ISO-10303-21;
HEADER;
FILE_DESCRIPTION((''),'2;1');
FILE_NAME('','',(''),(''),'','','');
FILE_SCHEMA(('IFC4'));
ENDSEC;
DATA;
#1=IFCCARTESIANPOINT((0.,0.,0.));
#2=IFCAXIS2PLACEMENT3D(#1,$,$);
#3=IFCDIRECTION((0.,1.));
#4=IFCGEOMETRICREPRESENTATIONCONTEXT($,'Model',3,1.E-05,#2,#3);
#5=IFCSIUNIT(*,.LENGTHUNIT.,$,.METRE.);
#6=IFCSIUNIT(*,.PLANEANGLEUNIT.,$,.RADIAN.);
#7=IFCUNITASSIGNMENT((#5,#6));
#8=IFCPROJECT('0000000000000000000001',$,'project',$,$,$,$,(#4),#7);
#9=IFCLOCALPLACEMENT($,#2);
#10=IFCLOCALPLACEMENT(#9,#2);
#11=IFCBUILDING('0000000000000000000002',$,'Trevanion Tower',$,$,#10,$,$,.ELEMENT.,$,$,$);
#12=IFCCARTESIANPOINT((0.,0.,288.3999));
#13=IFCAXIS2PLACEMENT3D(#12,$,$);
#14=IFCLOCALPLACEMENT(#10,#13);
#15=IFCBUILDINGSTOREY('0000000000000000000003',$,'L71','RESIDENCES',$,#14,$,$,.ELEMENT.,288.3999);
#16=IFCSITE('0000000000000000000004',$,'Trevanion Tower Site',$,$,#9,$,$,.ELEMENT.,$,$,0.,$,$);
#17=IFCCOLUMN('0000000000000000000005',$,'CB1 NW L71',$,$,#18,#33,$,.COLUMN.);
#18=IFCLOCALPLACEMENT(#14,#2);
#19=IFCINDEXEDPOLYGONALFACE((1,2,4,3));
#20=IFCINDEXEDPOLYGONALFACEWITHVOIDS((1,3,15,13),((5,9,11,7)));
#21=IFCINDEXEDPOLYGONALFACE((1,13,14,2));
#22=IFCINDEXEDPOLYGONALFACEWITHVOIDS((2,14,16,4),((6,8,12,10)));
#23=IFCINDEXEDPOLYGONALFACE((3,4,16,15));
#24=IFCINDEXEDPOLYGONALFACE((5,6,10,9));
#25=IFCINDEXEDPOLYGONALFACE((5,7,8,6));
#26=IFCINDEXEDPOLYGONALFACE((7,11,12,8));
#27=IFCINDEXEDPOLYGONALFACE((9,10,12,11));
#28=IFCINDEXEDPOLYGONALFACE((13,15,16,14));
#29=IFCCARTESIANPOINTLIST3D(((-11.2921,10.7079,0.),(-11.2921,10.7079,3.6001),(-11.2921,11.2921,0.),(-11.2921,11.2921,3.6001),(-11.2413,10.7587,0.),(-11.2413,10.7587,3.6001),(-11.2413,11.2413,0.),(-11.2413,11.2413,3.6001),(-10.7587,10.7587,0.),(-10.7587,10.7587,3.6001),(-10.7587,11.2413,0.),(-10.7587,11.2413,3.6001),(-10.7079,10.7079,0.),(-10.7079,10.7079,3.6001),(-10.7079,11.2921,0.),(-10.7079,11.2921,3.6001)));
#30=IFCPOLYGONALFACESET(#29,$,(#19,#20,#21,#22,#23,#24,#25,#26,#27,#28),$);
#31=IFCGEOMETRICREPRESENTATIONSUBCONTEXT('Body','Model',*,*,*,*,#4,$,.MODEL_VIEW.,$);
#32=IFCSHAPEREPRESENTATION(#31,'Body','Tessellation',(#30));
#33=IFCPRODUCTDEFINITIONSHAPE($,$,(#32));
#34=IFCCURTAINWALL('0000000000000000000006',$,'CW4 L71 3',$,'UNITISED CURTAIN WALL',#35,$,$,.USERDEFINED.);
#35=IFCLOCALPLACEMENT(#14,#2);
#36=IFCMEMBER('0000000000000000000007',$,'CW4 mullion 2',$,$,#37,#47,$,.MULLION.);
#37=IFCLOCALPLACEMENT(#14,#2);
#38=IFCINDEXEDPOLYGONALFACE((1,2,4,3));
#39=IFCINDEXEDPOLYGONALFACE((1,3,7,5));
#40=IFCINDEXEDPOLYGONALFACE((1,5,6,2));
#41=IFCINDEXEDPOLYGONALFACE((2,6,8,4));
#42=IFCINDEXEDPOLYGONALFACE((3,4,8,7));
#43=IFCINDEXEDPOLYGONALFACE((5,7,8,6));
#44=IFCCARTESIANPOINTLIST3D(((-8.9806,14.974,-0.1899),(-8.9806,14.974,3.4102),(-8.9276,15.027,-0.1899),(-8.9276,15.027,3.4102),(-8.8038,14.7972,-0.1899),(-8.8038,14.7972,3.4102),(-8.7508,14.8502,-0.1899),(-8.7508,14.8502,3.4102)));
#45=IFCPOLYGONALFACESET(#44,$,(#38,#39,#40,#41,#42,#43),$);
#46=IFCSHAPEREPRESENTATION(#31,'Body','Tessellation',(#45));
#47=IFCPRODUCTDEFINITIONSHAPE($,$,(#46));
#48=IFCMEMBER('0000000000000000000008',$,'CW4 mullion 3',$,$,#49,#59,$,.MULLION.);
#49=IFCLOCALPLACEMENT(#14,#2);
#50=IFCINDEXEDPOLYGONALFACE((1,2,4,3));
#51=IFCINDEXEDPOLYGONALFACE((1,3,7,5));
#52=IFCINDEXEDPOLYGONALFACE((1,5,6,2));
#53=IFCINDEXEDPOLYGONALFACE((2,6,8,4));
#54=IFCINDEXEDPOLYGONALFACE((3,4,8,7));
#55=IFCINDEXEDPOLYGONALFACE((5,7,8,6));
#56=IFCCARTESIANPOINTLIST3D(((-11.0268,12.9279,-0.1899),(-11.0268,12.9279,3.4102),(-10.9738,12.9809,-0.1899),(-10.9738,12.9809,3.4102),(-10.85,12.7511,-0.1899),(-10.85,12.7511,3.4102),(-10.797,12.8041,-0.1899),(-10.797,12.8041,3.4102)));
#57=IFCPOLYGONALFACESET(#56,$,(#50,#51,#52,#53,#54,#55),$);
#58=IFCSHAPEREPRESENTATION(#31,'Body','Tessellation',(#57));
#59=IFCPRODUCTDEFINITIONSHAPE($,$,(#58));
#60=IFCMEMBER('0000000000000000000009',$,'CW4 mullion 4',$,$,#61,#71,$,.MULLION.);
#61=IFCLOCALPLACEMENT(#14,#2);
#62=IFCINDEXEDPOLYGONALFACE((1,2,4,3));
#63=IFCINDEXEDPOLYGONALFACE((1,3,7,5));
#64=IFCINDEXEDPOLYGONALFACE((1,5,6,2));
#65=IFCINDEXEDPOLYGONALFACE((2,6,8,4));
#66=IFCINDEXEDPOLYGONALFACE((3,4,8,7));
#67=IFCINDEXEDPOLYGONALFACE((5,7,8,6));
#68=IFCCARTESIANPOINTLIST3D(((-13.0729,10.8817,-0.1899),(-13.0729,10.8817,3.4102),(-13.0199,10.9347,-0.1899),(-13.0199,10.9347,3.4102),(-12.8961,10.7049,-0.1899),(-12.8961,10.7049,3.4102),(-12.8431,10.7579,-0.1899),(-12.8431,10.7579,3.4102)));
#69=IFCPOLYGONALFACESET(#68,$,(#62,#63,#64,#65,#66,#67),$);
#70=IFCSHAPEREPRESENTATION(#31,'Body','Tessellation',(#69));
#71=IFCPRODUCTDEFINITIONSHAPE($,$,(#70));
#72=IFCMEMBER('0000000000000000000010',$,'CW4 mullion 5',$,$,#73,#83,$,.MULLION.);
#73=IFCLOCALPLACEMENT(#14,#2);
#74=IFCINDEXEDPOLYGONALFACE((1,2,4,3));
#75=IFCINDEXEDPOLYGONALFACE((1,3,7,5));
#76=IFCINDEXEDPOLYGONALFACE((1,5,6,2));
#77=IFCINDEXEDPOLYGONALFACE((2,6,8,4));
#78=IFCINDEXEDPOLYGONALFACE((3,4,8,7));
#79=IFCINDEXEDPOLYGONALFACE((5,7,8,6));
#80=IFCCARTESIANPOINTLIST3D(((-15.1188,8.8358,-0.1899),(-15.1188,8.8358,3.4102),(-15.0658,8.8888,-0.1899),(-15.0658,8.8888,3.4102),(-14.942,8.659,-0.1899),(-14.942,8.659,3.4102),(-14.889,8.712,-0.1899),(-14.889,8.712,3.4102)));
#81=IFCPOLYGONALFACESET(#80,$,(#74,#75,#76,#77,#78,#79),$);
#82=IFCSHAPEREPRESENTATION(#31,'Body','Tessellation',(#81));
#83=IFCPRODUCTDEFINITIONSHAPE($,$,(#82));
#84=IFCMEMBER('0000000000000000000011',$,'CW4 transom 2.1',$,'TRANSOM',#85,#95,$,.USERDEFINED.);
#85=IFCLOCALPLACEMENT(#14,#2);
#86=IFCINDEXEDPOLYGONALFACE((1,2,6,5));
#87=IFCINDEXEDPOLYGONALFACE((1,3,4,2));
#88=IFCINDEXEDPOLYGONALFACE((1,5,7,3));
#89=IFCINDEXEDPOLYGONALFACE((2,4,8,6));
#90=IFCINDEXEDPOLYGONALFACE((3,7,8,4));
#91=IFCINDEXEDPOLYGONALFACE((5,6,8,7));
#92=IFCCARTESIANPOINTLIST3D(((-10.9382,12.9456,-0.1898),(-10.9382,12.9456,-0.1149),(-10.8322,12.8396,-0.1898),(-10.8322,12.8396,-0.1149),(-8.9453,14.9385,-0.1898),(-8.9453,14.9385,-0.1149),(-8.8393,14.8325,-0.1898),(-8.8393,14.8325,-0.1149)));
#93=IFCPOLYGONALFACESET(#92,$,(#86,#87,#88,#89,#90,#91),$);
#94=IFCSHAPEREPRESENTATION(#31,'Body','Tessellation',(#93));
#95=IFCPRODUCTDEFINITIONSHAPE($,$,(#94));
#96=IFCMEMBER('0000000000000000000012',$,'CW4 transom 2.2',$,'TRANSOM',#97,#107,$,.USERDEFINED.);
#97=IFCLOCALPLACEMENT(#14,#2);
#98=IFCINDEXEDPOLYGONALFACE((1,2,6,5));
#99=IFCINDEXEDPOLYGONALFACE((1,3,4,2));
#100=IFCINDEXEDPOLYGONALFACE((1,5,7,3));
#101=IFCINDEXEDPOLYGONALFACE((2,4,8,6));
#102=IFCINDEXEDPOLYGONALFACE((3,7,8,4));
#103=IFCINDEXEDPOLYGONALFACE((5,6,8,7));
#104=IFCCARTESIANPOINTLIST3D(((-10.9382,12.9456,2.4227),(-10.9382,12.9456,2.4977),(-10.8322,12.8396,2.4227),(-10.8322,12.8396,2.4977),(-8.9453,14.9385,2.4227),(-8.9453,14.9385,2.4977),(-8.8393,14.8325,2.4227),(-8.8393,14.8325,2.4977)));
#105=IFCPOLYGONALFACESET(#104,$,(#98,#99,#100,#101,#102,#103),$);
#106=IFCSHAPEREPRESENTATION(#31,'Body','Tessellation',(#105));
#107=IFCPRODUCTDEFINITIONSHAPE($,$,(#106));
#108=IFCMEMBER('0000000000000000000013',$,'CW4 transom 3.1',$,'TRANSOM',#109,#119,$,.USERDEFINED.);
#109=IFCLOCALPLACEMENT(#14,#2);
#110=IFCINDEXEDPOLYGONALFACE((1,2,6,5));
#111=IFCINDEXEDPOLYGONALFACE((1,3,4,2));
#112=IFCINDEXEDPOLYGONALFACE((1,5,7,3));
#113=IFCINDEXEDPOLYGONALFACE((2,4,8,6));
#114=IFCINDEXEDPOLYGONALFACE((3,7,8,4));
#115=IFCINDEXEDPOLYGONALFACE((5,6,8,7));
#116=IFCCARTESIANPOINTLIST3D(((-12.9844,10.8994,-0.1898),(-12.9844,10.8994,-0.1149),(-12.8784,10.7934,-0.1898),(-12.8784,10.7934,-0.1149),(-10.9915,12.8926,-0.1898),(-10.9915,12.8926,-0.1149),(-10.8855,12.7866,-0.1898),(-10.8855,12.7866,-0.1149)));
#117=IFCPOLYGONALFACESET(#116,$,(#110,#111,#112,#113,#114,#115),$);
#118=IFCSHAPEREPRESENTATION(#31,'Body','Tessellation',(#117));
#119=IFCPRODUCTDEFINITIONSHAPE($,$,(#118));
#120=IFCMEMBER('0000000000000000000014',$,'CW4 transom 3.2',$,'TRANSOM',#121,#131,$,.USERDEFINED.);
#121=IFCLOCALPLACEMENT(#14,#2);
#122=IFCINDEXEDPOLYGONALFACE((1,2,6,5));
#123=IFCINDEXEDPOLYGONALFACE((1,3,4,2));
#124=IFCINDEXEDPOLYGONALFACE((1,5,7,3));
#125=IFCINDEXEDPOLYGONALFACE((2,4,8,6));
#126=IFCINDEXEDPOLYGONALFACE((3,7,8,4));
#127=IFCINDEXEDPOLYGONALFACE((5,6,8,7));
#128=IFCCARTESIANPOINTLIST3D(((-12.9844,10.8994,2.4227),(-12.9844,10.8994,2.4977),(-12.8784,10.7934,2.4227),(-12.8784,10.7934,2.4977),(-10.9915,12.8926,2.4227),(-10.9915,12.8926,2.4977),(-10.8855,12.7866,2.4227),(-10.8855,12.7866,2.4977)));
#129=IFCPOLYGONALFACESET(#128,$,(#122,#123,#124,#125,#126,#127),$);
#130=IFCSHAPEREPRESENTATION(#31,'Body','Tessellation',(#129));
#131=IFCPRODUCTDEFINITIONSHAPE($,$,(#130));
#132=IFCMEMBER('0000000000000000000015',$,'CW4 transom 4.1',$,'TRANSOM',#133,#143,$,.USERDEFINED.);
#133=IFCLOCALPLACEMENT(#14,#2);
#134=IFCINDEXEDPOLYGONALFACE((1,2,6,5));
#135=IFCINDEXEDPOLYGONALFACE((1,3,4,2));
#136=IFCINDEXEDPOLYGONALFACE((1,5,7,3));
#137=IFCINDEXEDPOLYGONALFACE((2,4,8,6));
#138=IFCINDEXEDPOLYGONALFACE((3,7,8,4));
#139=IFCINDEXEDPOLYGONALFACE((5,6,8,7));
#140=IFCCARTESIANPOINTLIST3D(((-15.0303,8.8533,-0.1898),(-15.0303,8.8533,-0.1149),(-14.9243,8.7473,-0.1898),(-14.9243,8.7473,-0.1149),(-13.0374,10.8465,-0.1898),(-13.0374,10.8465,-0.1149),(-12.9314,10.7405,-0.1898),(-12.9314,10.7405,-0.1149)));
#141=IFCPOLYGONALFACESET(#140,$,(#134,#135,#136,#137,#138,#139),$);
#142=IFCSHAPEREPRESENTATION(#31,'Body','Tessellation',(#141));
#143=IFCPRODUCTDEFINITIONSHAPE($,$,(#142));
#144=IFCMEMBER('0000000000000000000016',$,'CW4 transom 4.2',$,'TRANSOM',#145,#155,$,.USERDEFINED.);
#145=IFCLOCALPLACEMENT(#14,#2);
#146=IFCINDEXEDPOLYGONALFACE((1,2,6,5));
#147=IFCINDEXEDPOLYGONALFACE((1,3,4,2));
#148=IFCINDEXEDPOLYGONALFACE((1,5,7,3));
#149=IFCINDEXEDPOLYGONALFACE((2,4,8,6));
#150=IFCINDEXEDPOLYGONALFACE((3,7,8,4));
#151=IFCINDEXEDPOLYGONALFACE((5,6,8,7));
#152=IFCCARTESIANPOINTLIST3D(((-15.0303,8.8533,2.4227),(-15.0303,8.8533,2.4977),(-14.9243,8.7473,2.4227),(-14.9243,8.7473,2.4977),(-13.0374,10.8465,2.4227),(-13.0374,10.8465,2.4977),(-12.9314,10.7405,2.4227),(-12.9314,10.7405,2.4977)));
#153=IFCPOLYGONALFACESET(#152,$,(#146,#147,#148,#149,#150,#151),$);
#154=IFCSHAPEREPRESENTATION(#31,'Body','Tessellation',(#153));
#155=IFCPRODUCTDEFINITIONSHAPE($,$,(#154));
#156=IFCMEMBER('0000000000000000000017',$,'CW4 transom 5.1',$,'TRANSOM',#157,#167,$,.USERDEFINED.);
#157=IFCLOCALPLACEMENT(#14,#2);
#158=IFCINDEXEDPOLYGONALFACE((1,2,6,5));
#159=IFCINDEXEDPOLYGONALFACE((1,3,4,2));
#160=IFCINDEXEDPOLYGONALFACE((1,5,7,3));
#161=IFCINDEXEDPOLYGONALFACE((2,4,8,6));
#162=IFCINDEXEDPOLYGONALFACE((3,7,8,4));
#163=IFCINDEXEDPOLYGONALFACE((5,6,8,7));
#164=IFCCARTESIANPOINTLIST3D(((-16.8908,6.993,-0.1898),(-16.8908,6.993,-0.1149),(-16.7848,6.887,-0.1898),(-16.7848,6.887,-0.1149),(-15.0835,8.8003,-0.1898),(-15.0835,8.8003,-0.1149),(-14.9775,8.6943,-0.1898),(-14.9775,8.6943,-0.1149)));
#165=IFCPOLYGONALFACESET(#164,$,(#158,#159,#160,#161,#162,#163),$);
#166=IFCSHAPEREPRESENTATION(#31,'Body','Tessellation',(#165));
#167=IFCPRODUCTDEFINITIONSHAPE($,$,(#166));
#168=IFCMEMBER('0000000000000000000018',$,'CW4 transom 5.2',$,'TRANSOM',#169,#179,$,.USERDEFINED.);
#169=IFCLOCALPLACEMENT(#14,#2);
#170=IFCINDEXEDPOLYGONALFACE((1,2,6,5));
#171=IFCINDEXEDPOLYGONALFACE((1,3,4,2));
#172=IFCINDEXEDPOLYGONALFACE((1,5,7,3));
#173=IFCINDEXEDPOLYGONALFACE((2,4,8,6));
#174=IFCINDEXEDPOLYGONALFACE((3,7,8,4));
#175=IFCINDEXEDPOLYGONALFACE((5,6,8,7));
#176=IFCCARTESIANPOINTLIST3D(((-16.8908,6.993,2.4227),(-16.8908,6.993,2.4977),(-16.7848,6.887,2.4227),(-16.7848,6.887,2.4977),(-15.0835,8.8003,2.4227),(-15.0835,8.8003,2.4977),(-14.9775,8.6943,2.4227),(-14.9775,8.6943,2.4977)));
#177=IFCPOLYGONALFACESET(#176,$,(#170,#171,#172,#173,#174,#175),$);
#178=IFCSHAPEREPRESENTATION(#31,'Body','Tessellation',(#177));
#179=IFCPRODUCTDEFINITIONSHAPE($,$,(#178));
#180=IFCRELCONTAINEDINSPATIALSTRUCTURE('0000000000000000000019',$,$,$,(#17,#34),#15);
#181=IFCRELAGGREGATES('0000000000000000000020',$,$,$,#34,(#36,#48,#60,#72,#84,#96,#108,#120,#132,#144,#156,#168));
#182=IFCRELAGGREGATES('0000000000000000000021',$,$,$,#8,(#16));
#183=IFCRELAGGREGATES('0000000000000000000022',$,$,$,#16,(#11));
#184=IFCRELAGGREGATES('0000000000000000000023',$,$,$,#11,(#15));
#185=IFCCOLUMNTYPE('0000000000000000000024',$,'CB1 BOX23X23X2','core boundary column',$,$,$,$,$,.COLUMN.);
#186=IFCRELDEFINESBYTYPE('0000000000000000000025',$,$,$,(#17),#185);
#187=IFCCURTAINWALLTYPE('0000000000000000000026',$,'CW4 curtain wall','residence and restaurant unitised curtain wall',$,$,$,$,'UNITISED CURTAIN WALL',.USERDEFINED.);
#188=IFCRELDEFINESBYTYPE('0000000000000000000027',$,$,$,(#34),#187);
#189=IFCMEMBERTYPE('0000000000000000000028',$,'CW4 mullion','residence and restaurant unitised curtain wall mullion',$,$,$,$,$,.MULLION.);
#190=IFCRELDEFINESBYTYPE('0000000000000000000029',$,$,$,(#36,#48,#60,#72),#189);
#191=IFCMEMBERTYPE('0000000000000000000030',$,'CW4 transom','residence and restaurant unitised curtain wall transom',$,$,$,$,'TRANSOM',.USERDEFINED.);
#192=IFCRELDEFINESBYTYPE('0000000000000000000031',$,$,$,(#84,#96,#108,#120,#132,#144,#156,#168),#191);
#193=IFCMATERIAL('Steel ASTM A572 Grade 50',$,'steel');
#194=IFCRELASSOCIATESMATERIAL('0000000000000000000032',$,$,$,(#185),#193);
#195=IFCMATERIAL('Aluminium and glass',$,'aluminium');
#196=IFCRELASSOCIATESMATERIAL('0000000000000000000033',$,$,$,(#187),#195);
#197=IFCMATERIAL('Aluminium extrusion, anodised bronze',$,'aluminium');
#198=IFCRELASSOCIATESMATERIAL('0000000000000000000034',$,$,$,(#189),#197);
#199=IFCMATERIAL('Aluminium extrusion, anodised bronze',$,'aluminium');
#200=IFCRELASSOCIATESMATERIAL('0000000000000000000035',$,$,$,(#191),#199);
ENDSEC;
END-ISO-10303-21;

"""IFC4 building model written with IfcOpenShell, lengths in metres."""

from ifc_helpers import new_model, si_unit, direction, frame, origin, origin_2d, place, context, subcontext, project, spatial, rectangle, hollow_rectangle, extrude, material, material_profile, profile_set, type_object, element, aggregate, save


model = new_model("IFC4")

# Units and contexts
model_context = context("Model", 3, precision=1e-05, world=origin(), true_north=direction((0.0, 1.0)))
body_context = subcontext(model_context, "Body", "Model", "MODEL_VIEW")
ifc_project = project(units=[si_unit("LENGTHUNIT", "METRE"), si_unit("PLANEANGLEUNIT", "RADIAN")], contexts=[model_context])

# Site, building, storey
site_placement = place(None, origin())
site = spatial("IfcSite", under=ifc_project, at=site_placement, Name="Trevanion Tower Site", CompositionType="ELEMENT", RefElevation=0.0)
building_placement = place(site_placement, origin())
building = spatial("IfcBuilding", under=site, at=building_placement, Name="Trevanion Tower", CompositionType="ELEMENT")
storey_placement = place(building_placement, frame((0.0, 0.0, 288.3999)))
storey = spatial("IfcBuildingStorey", under=building, at=storey_placement, Name="L71", Description="RESIDENCES", CompositionType="ELEMENT", Elevation=288.3999)

# Column
ifc_material_1 = material(Name="Steel ASTM A572 Grade 50", Category="steel")
ifc_material_profile_1 = material_profile(ifc_material_1, hollow_rectangle(XDim=0.5842, YDim=0.5842, WallThickness=0.0508, at=origin_2d()), Name="BOX23X23X2")
ifc_profile_set_1 = profile_set([ifc_material_profile_1], Name="Steel ASTM A572 Grade 50")
column_type = type_object("IfcColumnType", Name="CB1 BOX23X23X2", Description="core boundary column", PredefinedType="COLUMN", material=ifc_profile_set_1)
column_placement = place(storey_placement, frame((-11.0, 11.0, 0.0), z_axis=(0.0, 0.0, 1.0), x_axis=(1.0, 0.0, 0.0)))
element("IfcColumn", 1, at=column_placement, inside=storey, type_object=column_type, Name="CB1 NW L71", PredefinedType="COLUMN", context=body_context, shape_type="SweptSolid", body=[
    extrude(hollow_rectangle(XDim=0.5842, YDim=0.5842, WallThickness=0.0508, at=origin_2d()), origin(), (0.0, 0.0, 1.0), 3.6001),
])

# Curtain wall, members
ifc_material_2 = material(Name="Aluminium and glass", Category="aluminium")
curtain_wall_type = type_object("IfcCurtainWallType", Name="CW4 curtain wall", Description="residence and restaurant unitised curtain wall", ElementType="UNITISED CURTAIN WALL", PredefinedType="USERDEFINED", material=ifc_material_2)
curtain_wall_placement = place(storey_placement, origin())
curtain_wall = element("IfcCurtainWall", 2, at=curtain_wall_placement, inside=storey, type_object=curtain_wall_type, Name="CW4 L71 3", ObjectType="UNITISED CURTAIN WALL", PredefinedType="USERDEFINED")
ifc_material_3 = material(Name="Aluminium extrusion, anodised bronze", Category="aluminium")
ifc_material_profile_2 = material_profile(ifc_material_3, rectangle(XDim=0.075, YDim=0.25, at=origin_2d()), Name="CW4 mullion")
ifc_profile_set_2 = profile_set([ifc_material_profile_2], Name="Aluminium extrusion, anodised bronze")
member_type_1 = type_object("IfcMemberType", Name="CW4 mullion", Description="residence and restaurant unitised curtain wall mullion", PredefinedType="MULLION", material=ifc_profile_set_2)
member_1_placement = place(storey_placement, frame((-8.8657, 14.9121, -0.1899), z_axis=(0.0, 0.0, 1.0), x_axis=(-0.707107, -0.707107, 0.0)))
member_1 = element("IfcMember", 3, at=member_1_placement, type_object=member_type_1, Name="CW4 mullion 2", PredefinedType="MULLION", context=body_context, shape_type="SweptSolid", body=[
    extrude(rectangle(XDim=0.075, YDim=0.25, at=origin_2d()), origin(), (0.0, 0.0, 1.0), 3.6001),
])
member_2_placement = place(storey_placement, frame((-10.9119, 12.866, -0.1899), z_axis=(0.0, 0.0, 1.0), x_axis=(-0.707107, -0.707107, 0.0)))
member_2 = element("IfcMember", 4, at=member_2_placement, type_object=member_type_1, Name="CW4 mullion 3", PredefinedType="MULLION", context=body_context, shape_type="SweptSolid", body=[
    extrude(rectangle(XDim=0.075, YDim=0.25, at=origin_2d()), origin(), (0.0, 0.0, 1.0), 3.6001),
])
member_3_placement = place(storey_placement, frame((-12.958, 10.8198, -0.1899), z_axis=(0.0, 0.0, 1.0), x_axis=(-0.707107, -0.707107, 0.0)))
member_3 = element("IfcMember", 5, at=member_3_placement, type_object=member_type_1, Name="CW4 mullion 4", PredefinedType="MULLION", context=body_context, shape_type="SweptSolid", body=[
    extrude(rectangle(XDim=0.075, YDim=0.25, at=origin_2d()), origin(), (0.0, 0.0, 1.0), 3.6001),
])
member_4_placement = place(storey_placement, frame((-15.0039, 8.7739, -0.1899), z_axis=(0.0, 0.0, 1.0), x_axis=(-0.707107, -0.707107, 0.0)))
member_4 = element("IfcMember", 6, at=member_4_placement, type_object=member_type_1, Name="CW4 mullion 5", PredefinedType="MULLION", context=body_context, shape_type="SweptSolid", body=[
    extrude(rectangle(XDim=0.075, YDim=0.25, at=origin_2d()), origin(), (0.0, 0.0, 1.0), 3.6001),
])
ifc_material_4 = material(Name="Aluminium extrusion, anodised bronze", Category="aluminium")
ifc_material_profile_3 = material_profile(ifc_material_4, rectangle(XDim=0.1499, YDim=0.075, at=origin_2d()), Name="CW4 transom")
ifc_profile_set_3 = profile_set([ifc_material_profile_3], Name="Aluminium extrusion, anodised bronze")
member_type_2 = type_object("IfcMemberType", Name="CW4 transom", Description="residence and restaurant unitised curtain wall transom", ElementType="TRANSOM", PredefinedType="USERDEFINED", material=ifc_profile_set_3)
member_5_placement = place(storey_placement, frame((-8.8923, 14.8855, -0.1523), z_axis=(-0.707107, -0.707107, 0.0), x_axis=(0.707107, -0.707107, 0.0)))
member_5 = element("IfcMember", 7, at=member_5_placement, type_object=member_type_2, Name="CW4 transom 2.1", ObjectType="TRANSOM", PredefinedType="USERDEFINED", context=body_context, shape_type="SweptSolid", body=[
    extrude(rectangle(XDim=0.1499, YDim=0.075, at=origin_2d()), origin(), (0.0, 0.0, 1.0), 2.8184),
])
member_6_placement = place(storey_placement, frame((-8.8923, 14.8855, 2.4602), z_axis=(-0.707107, -0.707107, 0.0), x_axis=(0.707107, -0.707107, 0.0)))
member_6 = element("IfcMember", 8, at=member_6_placement, type_object=member_type_2, Name="CW4 transom 2.2", ObjectType="TRANSOM", PredefinedType="USERDEFINED", context=body_context, shape_type="SweptSolid", body=[
    extrude(rectangle(XDim=0.1499, YDim=0.075, at=origin_2d()), origin(), (0.0, 0.0, 1.0), 2.8184),
])
member_7_placement = place(storey_placement, frame((-10.9385, 12.8396, -0.1523), z_axis=(-0.707063, -0.70715, 0.0), x_axis=(0.70715, -0.707063, 0.0)))
member_7 = element("IfcMember", 9, at=member_7_placement, type_object=member_type_2, Name="CW4 transom 3.1", ObjectType="TRANSOM", PredefinedType="USERDEFINED", context=body_context, shape_type="SweptSolid", body=[
    extrude(rectangle(XDim=0.1499, YDim=0.075, at=origin_2d()), origin(), (0.0, 0.0, 1.0), 2.8186),
])
member_8_placement = place(storey_placement, frame((-10.9385, 12.8396, 2.4602), z_axis=(-0.707063, -0.70715, 0.0), x_axis=(0.70715, -0.707063, 0.0)))
member_8 = element("IfcMember", 10, at=member_8_placement, type_object=member_type_2, Name="CW4 transom 3.2", ObjectType="TRANSOM", PredefinedType="USERDEFINED", context=body_context, shape_type="SweptSolid", body=[
    extrude(rectangle(XDim=0.1499, YDim=0.075, at=origin_2d()), origin(), (0.0, 0.0, 1.0), 2.8186),
])
member_9_placement = place(storey_placement, frame((-12.9844, 10.7935, -0.1523), z_axis=(-0.707063, -0.70715, 0.0), x_axis=(0.70715, -0.707063, 0.0)))
member_9 = element("IfcMember", 11, at=member_9_placement, type_object=member_type_2, Name="CW4 transom 4.1", ObjectType="TRANSOM", PredefinedType="USERDEFINED", context=body_context, shape_type="SweptSolid", body=[
    extrude(rectangle(XDim=0.1499, YDim=0.075, at=origin_2d()), origin(), (0.0, 0.0, 1.0), 2.8186),
])
member_10_placement = place(storey_placement, frame((-12.9844, 10.7935, 2.4602), z_axis=(-0.707063, -0.70715, 0.0), x_axis=(0.70715, -0.707063, 0.0)))
member_10 = element("IfcMember", 12, at=member_10_placement, type_object=member_type_2, Name="CW4 transom 4.2", ObjectType="TRANSOM", PredefinedType="USERDEFINED", context=body_context, shape_type="SweptSolid", body=[
    extrude(rectangle(XDim=0.1499, YDim=0.075, at=origin_2d()), origin(), (0.0, 0.0, 1.0), 2.8186),
])
member_11_placement = place(storey_placement, frame((-15.0305, 8.7473, -0.1523), z_axis=(-0.707107, -0.707107, 0.0), x_axis=(0.707107, -0.707107, 0.0)))
member_11 = element("IfcMember", 13, at=member_11_placement, type_object=member_type_2, Name="CW4 transom 5.1", ObjectType="TRANSOM", PredefinedType="USERDEFINED", context=body_context, shape_type="SweptSolid", body=[
    extrude(rectangle(XDim=0.1499, YDim=0.075, at=origin_2d()), origin(), (0.0, 0.0, 1.0), 2.5559),
])
member_12_placement = place(storey_placement, frame((-15.0305, 8.7473, 2.4602), z_axis=(-0.707107, -0.707107, 0.0), x_axis=(0.707107, -0.707107, 0.0)))
member_12 = element("IfcMember", 14, at=member_12_placement, type_object=member_type_2, Name="CW4 transom 5.2", ObjectType="TRANSOM", PredefinedType="USERDEFINED", context=body_context, shape_type="SweptSolid", body=[
    extrude(rectangle(XDim=0.1499, YDim=0.075, at=origin_2d()), origin(), (0.0, 0.0, 1.0), 2.5559),
])

aggregate(curtain_wall, [member_1, member_2, member_3, member_4, member_5, member_6, member_7, member_8, member_9, member_10, member_11, member_12])

save(model, "model.ifc")
